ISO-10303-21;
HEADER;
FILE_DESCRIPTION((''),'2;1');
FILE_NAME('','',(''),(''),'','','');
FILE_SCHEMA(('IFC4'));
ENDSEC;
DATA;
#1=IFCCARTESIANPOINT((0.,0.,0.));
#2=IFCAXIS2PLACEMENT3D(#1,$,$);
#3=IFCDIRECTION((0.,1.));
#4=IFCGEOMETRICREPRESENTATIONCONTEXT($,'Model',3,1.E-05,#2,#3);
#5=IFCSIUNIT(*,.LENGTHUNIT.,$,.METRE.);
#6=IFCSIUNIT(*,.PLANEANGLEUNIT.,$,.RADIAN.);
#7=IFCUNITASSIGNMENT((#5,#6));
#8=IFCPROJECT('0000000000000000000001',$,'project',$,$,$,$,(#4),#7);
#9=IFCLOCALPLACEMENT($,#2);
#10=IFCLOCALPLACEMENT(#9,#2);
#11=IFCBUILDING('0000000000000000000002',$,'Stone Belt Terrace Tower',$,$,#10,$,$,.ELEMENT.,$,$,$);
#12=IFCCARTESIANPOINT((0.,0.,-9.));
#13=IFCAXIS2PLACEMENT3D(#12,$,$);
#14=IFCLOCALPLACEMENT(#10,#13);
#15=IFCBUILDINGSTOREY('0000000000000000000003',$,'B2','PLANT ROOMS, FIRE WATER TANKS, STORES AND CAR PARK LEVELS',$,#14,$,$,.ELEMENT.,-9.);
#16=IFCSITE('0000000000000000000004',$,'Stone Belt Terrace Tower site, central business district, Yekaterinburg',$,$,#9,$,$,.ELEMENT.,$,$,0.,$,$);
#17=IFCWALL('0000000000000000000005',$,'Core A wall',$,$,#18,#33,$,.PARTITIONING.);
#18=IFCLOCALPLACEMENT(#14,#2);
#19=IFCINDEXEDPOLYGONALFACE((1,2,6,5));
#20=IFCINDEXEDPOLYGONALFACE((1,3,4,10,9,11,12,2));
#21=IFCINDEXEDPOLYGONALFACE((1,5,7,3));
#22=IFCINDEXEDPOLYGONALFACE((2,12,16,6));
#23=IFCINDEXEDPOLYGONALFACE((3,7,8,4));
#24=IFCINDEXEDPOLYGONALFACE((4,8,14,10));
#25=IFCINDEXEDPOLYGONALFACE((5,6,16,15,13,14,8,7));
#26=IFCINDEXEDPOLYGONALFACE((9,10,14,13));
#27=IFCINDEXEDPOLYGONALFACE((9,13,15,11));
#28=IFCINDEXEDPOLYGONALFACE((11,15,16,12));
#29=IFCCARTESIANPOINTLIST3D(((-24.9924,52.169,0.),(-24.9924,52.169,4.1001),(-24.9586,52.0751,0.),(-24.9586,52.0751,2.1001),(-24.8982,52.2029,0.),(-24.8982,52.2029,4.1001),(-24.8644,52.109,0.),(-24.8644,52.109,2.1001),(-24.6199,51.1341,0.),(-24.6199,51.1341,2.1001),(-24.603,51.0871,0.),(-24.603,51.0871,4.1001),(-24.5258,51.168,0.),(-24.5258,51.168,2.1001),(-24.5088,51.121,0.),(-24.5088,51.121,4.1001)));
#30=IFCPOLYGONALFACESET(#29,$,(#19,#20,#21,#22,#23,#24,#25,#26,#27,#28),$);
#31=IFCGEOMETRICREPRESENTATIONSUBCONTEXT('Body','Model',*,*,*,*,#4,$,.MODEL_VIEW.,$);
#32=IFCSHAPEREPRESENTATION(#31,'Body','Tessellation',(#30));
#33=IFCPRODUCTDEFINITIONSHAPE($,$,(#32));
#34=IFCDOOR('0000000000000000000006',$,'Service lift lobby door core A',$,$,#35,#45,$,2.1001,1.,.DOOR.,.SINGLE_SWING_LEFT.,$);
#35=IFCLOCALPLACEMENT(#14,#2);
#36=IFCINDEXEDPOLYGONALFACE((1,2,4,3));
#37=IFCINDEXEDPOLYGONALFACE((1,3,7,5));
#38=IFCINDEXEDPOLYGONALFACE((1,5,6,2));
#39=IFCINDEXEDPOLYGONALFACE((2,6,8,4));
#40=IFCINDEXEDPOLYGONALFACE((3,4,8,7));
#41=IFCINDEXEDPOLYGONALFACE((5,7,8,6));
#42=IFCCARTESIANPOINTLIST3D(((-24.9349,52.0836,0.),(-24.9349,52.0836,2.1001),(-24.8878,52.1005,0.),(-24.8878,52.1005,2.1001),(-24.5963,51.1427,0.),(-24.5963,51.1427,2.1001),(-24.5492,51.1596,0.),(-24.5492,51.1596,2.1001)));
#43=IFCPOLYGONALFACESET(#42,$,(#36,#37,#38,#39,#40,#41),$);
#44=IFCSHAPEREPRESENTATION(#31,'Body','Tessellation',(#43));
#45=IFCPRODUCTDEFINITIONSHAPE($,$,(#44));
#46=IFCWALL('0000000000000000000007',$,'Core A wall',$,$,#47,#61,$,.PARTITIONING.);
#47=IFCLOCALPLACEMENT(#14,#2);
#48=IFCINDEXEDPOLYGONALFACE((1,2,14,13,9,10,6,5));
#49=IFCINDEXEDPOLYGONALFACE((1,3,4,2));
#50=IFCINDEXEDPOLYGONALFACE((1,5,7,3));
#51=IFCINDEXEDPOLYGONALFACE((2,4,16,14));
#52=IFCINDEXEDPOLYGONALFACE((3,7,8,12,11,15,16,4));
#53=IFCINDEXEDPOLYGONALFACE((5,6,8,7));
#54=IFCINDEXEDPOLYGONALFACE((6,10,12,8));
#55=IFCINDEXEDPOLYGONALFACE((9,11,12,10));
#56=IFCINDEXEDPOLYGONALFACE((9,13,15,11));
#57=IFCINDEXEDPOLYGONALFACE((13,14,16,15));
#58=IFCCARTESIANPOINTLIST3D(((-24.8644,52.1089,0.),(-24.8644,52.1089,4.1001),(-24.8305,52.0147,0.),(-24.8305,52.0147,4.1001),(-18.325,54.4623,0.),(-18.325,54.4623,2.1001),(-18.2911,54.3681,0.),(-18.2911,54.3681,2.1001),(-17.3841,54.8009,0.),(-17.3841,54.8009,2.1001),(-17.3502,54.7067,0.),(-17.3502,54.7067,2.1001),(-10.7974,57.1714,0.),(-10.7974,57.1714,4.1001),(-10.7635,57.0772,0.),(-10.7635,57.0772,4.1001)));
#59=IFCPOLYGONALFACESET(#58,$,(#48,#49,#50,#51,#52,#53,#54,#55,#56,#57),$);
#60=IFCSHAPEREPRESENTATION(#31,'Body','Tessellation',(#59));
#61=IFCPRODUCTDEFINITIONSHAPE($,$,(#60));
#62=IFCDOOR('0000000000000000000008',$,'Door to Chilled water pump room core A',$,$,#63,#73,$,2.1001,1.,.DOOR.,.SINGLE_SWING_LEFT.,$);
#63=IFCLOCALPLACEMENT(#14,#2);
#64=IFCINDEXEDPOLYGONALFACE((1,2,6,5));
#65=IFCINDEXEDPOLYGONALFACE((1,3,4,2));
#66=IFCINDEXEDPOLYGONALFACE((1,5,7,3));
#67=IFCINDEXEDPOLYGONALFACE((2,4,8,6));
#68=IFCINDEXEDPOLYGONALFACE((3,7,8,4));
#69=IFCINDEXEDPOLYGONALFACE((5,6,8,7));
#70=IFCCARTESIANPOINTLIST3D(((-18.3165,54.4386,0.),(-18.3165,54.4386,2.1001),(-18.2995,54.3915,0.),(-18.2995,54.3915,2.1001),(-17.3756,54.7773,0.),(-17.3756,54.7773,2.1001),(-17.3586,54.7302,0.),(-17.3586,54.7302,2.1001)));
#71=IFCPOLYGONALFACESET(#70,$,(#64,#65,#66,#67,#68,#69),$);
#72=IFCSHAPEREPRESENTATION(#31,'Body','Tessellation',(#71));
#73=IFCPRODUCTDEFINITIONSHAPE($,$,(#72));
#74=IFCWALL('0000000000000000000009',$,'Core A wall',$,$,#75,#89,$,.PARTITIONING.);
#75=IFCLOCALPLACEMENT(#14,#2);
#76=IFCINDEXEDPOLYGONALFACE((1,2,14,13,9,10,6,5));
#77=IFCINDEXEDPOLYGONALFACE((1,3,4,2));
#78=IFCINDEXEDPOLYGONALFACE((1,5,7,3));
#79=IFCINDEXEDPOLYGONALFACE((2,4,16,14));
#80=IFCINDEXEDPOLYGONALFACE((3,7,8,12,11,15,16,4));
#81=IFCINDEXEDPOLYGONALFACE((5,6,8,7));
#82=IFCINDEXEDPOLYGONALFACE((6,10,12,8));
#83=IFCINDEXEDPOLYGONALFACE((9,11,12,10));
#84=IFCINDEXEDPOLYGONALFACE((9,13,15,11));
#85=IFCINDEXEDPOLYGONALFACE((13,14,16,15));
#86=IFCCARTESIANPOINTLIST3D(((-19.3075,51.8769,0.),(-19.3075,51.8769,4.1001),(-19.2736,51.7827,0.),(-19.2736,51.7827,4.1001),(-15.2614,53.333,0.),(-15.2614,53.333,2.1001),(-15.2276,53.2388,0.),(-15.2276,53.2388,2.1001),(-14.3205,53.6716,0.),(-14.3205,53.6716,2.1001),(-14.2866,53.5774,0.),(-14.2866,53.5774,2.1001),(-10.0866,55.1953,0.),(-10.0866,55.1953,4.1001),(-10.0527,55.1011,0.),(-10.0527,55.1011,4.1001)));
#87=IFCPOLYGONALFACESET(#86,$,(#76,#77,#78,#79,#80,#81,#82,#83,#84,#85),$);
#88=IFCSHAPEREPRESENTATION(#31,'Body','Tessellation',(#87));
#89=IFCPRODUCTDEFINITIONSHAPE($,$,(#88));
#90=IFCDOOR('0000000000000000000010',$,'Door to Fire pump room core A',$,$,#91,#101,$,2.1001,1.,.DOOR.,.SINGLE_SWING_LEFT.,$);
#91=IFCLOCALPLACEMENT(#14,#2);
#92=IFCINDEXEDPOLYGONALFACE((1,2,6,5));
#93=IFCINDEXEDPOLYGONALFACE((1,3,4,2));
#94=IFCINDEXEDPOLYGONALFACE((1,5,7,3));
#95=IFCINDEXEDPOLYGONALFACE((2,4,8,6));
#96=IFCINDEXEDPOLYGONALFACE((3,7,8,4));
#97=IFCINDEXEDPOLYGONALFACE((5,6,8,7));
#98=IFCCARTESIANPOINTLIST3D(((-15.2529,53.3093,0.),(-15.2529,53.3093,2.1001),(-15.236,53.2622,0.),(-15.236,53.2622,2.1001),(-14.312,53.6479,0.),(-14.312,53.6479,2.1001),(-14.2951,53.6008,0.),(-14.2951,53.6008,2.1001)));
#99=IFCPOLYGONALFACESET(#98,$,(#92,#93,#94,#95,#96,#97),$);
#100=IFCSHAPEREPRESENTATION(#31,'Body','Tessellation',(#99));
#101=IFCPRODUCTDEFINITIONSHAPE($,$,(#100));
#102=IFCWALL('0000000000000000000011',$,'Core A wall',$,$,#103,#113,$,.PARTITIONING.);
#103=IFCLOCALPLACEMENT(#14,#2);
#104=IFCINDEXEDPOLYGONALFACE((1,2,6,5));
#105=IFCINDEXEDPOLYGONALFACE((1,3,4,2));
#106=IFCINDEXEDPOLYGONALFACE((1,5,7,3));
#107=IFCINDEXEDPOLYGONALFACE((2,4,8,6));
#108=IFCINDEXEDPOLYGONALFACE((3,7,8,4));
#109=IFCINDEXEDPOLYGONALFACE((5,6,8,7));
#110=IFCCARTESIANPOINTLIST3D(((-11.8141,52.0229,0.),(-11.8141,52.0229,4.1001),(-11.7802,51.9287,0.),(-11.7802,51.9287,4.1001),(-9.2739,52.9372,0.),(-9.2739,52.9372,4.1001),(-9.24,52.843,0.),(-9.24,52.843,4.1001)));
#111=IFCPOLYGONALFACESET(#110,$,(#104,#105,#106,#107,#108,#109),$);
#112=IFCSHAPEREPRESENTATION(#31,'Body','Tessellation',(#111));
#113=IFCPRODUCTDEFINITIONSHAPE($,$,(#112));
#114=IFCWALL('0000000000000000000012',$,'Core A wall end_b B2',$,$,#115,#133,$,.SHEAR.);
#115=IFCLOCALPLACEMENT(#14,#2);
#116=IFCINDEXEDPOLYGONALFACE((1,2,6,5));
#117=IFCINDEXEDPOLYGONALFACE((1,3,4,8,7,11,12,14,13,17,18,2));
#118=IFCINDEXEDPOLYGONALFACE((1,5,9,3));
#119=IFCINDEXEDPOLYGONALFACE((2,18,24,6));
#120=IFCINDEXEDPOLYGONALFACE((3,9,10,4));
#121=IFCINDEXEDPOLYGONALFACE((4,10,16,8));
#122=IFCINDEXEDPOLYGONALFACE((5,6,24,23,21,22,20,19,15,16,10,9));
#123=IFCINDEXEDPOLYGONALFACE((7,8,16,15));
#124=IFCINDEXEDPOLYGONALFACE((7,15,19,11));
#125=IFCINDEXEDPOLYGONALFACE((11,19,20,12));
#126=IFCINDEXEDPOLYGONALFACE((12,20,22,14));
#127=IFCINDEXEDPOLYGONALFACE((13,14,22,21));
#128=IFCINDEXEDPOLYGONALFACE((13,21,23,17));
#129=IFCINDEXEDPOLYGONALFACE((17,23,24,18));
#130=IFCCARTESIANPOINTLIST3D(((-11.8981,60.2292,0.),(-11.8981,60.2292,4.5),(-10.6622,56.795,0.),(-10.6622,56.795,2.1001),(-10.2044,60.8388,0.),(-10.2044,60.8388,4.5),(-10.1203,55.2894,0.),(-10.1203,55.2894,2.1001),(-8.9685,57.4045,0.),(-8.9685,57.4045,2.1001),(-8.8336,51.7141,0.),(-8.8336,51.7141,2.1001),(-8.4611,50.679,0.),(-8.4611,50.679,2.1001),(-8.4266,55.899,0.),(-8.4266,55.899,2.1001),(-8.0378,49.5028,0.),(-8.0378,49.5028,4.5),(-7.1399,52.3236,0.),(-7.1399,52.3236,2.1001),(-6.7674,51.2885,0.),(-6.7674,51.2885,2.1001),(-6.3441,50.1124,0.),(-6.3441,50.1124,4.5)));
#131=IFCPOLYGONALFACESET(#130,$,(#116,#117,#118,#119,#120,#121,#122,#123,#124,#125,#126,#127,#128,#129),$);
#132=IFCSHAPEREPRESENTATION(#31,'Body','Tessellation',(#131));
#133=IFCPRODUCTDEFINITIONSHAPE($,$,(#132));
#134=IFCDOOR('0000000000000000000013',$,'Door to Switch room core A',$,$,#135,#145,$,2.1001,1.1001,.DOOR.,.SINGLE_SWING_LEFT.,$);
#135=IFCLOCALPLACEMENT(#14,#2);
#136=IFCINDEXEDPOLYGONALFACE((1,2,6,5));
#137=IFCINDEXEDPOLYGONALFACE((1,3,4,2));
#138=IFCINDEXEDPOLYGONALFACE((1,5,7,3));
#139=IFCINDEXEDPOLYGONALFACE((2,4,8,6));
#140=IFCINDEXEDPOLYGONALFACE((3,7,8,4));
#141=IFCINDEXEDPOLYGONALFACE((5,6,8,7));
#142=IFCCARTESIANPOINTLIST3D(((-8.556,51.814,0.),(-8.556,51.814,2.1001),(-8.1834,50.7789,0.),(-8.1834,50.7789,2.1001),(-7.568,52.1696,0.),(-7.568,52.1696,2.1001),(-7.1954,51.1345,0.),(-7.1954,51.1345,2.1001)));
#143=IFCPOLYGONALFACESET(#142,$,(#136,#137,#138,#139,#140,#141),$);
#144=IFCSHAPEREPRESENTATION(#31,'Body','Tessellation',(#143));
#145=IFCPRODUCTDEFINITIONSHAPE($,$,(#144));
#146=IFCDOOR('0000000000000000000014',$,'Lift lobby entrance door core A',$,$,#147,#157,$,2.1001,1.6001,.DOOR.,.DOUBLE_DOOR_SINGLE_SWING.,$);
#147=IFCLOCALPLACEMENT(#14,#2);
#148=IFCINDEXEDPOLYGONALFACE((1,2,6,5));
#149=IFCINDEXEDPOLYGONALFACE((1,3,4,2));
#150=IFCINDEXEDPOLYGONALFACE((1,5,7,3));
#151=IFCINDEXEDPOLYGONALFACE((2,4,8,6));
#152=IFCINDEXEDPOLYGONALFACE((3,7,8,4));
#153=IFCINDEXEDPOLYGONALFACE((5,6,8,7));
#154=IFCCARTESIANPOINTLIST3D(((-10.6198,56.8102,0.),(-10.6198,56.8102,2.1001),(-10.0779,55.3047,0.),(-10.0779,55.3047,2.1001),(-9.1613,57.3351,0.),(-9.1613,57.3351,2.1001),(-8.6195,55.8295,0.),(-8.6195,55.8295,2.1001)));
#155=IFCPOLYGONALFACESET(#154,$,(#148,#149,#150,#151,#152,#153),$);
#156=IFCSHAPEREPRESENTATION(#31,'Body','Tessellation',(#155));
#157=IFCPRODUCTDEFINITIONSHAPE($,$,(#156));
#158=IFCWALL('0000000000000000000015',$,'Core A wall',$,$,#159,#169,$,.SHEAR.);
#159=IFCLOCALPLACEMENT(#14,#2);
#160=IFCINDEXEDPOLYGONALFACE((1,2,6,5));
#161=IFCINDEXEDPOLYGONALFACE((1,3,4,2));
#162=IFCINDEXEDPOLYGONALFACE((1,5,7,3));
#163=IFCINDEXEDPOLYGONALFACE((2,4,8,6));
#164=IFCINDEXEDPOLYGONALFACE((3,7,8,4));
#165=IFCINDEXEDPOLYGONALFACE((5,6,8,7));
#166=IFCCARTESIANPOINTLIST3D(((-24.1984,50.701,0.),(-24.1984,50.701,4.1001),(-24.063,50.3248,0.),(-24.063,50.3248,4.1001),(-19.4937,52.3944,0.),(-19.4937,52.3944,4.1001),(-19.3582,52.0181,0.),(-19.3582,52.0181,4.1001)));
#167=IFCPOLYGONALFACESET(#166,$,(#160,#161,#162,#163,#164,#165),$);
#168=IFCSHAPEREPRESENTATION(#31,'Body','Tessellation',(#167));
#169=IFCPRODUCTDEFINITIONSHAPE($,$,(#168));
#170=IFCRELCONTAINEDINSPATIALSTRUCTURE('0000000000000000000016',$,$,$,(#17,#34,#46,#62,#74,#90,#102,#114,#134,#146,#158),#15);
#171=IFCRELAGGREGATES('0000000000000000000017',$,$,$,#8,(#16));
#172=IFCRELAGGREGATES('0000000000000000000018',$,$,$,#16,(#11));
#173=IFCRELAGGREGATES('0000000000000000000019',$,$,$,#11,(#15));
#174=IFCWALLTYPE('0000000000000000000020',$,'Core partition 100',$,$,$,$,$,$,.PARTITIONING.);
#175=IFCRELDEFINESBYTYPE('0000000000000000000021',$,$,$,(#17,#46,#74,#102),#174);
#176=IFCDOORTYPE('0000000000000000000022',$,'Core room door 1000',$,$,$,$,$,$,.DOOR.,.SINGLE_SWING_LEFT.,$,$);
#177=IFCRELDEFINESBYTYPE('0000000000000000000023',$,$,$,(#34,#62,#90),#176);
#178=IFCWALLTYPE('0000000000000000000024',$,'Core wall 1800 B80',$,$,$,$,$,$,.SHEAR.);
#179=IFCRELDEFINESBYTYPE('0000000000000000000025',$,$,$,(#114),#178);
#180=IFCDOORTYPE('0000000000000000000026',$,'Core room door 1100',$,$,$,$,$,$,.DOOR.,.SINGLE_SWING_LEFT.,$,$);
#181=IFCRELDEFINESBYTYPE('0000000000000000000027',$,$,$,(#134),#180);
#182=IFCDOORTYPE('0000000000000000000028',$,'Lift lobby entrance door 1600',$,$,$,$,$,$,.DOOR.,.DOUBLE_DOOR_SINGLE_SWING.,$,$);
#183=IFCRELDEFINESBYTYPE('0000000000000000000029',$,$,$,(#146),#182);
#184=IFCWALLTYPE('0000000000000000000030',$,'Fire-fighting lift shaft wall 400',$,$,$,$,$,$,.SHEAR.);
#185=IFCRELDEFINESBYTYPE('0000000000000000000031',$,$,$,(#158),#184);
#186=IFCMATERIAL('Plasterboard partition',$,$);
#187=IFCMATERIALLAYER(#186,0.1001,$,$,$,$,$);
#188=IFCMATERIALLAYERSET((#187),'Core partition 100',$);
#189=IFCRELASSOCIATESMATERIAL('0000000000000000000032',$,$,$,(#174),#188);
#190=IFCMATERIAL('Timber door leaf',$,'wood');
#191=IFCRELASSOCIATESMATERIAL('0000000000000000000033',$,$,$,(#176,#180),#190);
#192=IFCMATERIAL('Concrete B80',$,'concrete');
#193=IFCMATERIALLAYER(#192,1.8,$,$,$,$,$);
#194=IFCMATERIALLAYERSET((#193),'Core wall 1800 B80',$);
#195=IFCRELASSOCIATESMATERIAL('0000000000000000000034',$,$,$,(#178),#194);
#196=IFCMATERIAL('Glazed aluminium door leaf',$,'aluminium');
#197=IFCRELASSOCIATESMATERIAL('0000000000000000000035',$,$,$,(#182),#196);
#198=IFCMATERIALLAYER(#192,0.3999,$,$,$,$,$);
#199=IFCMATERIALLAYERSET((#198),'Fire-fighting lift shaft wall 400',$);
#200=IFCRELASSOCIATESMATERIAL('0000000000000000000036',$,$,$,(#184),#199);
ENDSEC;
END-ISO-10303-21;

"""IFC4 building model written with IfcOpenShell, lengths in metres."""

from ifc_helpers import new_model, si_unit, direction, frame, frame_2d, origin, place, context, subcontext, project, spatial, rectangle, extrude, material, layer, layer_set, type_object, element, fill, save


model = new_model("IFC4")

# Units and contexts
model_context = context("Model", 3, precision=1e-05, world=origin(), true_north=direction((0.0, 1.0)))
body_context = subcontext(model_context, "Body", "Model", "MODEL_VIEW")
ifc_project = project(units=[si_unit("LENGTHUNIT", "METRE"), si_unit("PLANEANGLEUNIT", "RADIAN")], contexts=[model_context])

# Site, building, storey
site_placement = place(None, origin())
site = spatial("IfcSite", under=ifc_project, at=site_placement, Name="Stone Belt Terrace Tower site, central business district, Yekaterinburg", CompositionType="ELEMENT", RefElevation=0.0)
building_placement = place(site_placement, origin())
building = spatial("IfcBuilding", under=site, at=building_placement, Name="Stone Belt Terrace Tower", CompositionType="ELEMENT")
storey_placement = place(building_placement, frame((0.0, 0.0, -9.0)))
storey = spatial("IfcBuildingStorey", under=building, at=storey_placement, Name="B2", Description="PLANT ROOMS, FIRE WATER TANKS, STORES AND CAR PARK LEVELS", CompositionType="ELEMENT", Elevation=-9.0)

# Walls, openings, doors
ifc_material_1 = material(Name="Plasterboard partition")
ifc_layer_1 = layer(ifc_material_1, 0.1001)
ifc_layer_set_1 = layer_set([ifc_layer_1], Name="Core partition 100")
wall_type_1 = type_object("IfcWallType", Name="Core partition 100", PredefinedType="PARTITIONING", material=ifc_layer_set_1)
wall_1_placement = place(storey_placement, frame((-24.5559, 51.104, 0.0), z_axis=(0.0, 0.0, 1.0), x_axis=(-0.338622, 0.940923, 0.0)))
wall_1 = element("IfcWall", 1, at=wall_1_placement, inside=storey, type_object=wall_type_1, Name="Core A wall", PredefinedType="PARTITIONING", context=body_context, shape_type="SweptSolid", body=[
    extrude(rectangle(XDim=1.1499, YDim=0.1001, at=frame_2d((0.575, 0.0))), origin(), (0.0, 0.0, 1.0), 4.1001),
])
opening_1_placement = place(wall_1_placement, frame((0.05, 0.0, 0.0)))
opening_1 = element("IfcOpeningElement", 2, at=opening_1_placement, cuts=wall_1, PredefinedType="OPENING", context=body_context, shape_type="SweptSolid", body=[
    extrude(rectangle(XDim=1.0, YDim=2.1001, at=frame_2d((0.5, 1.05))), frame((0.0, 0.0601, 0.0), z_axis=(0.0, -1.0, 0.0), x_axis=(1.0, 0.0, 0.0)), (0.0, 0.0, 1.0), 0.1201),
])
ifc_material_2 = material(Name="Timber door leaf", Category="wood")
door_type_1 = type_object("IfcDoorType", Name="Core room door 1000", OperationType="SINGLE_SWING_LEFT", PredefinedType="DOOR", material=ifc_material_2)
door_1_placement = place(opening_1_placement, origin())
door_1 = element("IfcDoor", 3, at=door_1_placement, inside=storey, type_object=door_type_1, Name="Service lift lobby door core A", OperationType="SINGLE_SWING_LEFT", OverallHeight=2.1001, OverallWidth=1.0, PredefinedType="DOOR", context=body_context, shape_type="SweptSolid", body=[
    extrude(rectangle(XDim=1.0, YDim=2.1001, at=frame_2d((0.5, 1.05))), frame((0.0, 0.0249, 0.0), z_axis=(0.0, -1.0, 0.0), x_axis=(1.0, 0.0, 0.0)), (0.0, 0.0, 1.0), 0.05),
])
fill(opening_1, door_1)
wall_2_placement = place(storey_placement, frame((-24.8474, 52.0618, 0.0), z_axis=(0.0, 0.0, 1.0), x_axis=(0.940921, 0.338626, 0.0)))
wall_2 = element("IfcWall", 4, at=wall_2_placement, inside=storey, type_object=wall_type_1, Name="Core A wall", PredefinedType="PARTITIONING", context=body_context, shape_type="SweptSolid", body=[
    extrude(rectangle(XDim=14.9502, YDim=0.1001, at=frame_2d((7.4751, 0.0))), origin(), (0.0, 0.0, 1.0), 4.1001),
])
opening_2_placement = place(wall_2_placement, frame((6.95, 0.0, 0.0)))
opening_2 = element("IfcOpeningElement", 5, at=opening_2_placement, cuts=wall_2, PredefinedType="OPENING", context=body_context, shape_type="SweptSolid", body=[
    extrude(rectangle(XDim=1.0, YDim=2.1001, at=frame_2d((0.5, 1.05))), frame((0.0, 0.0601, 0.0), z_axis=(0.0, -1.0, 0.0), x_axis=(1.0, 0.0, 0.0)), (0.0, 0.0, 1.0), 0.1201),
])
door_2_placement = place(opening_2_placement, origin())
door_2 = element("IfcDoor", 6, at=door_2_placement, inside=storey, type_object=door_type_1, Name="Door to Chilled water pump room core A", OperationType="SINGLE_SWING_LEFT", OverallHeight=2.1001, OverallWidth=1.0, PredefinedType="DOOR", context=body_context, shape_type="SweptSolid", body=[
    extrude(rectangle(XDim=1.0, YDim=2.1001, at=frame_2d((0.5, 1.05))), frame((0.0, 0.0249, 0.0), z_axis=(0.0, -1.0, 0.0), x_axis=(1.0, 0.0, 0.0)), (0.0, 0.0, 1.0), 0.05),
])
fill(opening_2, door_2)
wall_3_placement = place(storey_placement, frame((-19.2905, 51.8298, 0.0), z_axis=(0.0, 0.0, 1.0), x_axis=(0.940926, 0.338613, 0.0)))
wall_3 = element("IfcWall", 7, at=wall_3_placement, inside=storey, type_object=wall_type_1, Name="Core A wall", PredefinedType="PARTITIONING", context=body_context, shape_type="SweptSolid", body=[
    extrude(rectangle(XDim=9.7998, YDim=0.1001, at=frame_2d((4.8999, 0.0))), origin(), (0.0, 0.0, 1.0), 4.1001),
])
opening_3_placement = place(wall_3_placement, frame((4.3, 0.0, 0.0)))
opening_3 = element("IfcOpeningElement", 8, at=opening_3_placement, cuts=wall_3, PredefinedType="OPENING", context=body_context, shape_type="SweptSolid", body=[
    extrude(rectangle(XDim=1.0, YDim=2.1001, at=frame_2d((0.5, 1.05))), frame((0.0, 0.0601, 0.0), z_axis=(0.0, -1.0, 0.0), x_axis=(1.0, 0.0, 0.0)), (0.0, 0.0, 1.0), 0.1201),
])
door_3_placement = place(opening_3_placement, origin())
door_3 = element("IfcDoor", 9, at=door_3_placement, inside=storey, type_object=door_type_1, Name="Door to Fire pump room core A", OperationType="SINGLE_SWING_LEFT", OverallHeight=2.1001, OverallWidth=1.0, PredefinedType="DOOR", context=body_context, shape_type="SweptSolid", body=[
    extrude(rectangle(XDim=1.0, YDim=2.1001, at=frame_2d((0.5, 1.05))), frame((0.0, 0.0249, 0.0), z_axis=(0.0, -1.0, 0.0), x_axis=(1.0, 0.0, 0.0)), (0.0, 0.0, 1.0), 0.05),
])
fill(opening_3, door_3)

# Wall
wall_4_placement = place(storey_placement, frame((-11.7971, 51.9758, 0.0), z_axis=(0.0, 0.0, 1.0), x_axis=(0.94091, 0.338655, 0.0)))
element("IfcWall", 10, at=wall_4_placement, inside=storey, type_object=wall_type_1, Name="Core A wall", PredefinedType="PARTITIONING", context=body_context, shape_type="SweptSolid", body=[
    extrude(rectangle(XDim=2.6997, YDim=0.1001, at=frame_2d((1.3499, 0.0))), origin(), (0.0, 0.0, 1.0), 4.1001),
])

# Wall, openings, doors
ifc_material_3 = material(Name="Concrete B80", Category="concrete")
ifc_layer_2 = layer(ifc_material_3, 1.8)
ifc_layer_set_2 = layer_set([ifc_layer_2], Name="Core wall 1800 B80")
wall_type_2 = type_object("IfcWallType", Name="Core wall 1800 B80", PredefinedType="SHEAR", material=ifc_layer_set_2)
wall_5_placement = place(storey_placement, frame((-7.1909, 49.8076, 0.0), z_axis=(0.0, 0.0, 1.0), x_axis=(-0.338632, 0.940919, 0.0)))
wall_5 = element("IfcWall", 11, at=wall_5_placement, inside=storey, type_object=wall_type_2, Name="Core A wall end_b B2", PredefinedType="SHEAR", context=body_context, shape_type="SweptSolid", body=[
    extrude(rectangle(XDim=11.3999, YDim=1.8, at=frame_2d((5.7, 0.0))), origin(), (0.0, 0.0, 1.0), 4.5),
])
opening_4_placement = place(wall_5_placement, frame((6.1499, 0.0, 0.0)))
opening_4 = element("IfcOpeningElement", 12, at=opening_4_placement, cuts=wall_5, PredefinedType="OPENING", context=body_context, shape_type="SweptSolid", body=[
    extrude(rectangle(XDim=1.6001, YDim=2.1001, at=frame_2d((0.8, 1.05))), frame((0.0, 0.9099, 0.0), z_axis=(0.0, -1.0, 0.0), x_axis=(1.0, 0.0, 0.0)), (0.0, 0.0, 1.0), 1.8201),
])
opening_5_placement = place(wall_5_placement, frame((1.25, 0.0, 0.0)))
opening_5 = element("IfcOpeningElement", 13, at=opening_5_placement, cuts=wall_5, PredefinedType="OPENING", context=body_context, shape_type="SweptSolid", body=[
    extrude(rectangle(XDim=1.1001, YDim=2.1001, at=frame_2d((0.55, 1.05))), frame((0.0, 0.9099, 0.0), z_axis=(0.0, -1.0, 0.0), x_axis=(1.0, 0.0, 0.0)), (0.0, 0.0, 1.0), 1.8201),
])
door_type_2 = type_object("IfcDoorType", Name="Core room door 1100", OperationType="SINGLE_SWING_LEFT", PredefinedType="DOOR", material=ifc_material_2)
door_4_placement = place(opening_5_placement, origin())
door_4 = element("IfcDoor", 14, at=door_4_placement, inside=storey, type_object=door_type_2, Name="Door to Switch room core A", OperationType="SINGLE_SWING_LEFT", OverallHeight=2.1001, OverallWidth=1.1001, PredefinedType="DOOR", context=body_context, shape_type="SweptSolid", body=[
    extrude(rectangle(XDim=1.1001, YDim=2.1001, at=frame_2d((0.55, 1.05))), frame((0.0, 0.605, 0.0), z_axis=(0.0, -1.0, 0.0), x_axis=(1.0, 0.0, 0.0)), (0.0, 0.0, 1.0), 1.05),
])
fill(opening_5, door_4)
ifc_material_4 = material(Name="Glazed aluminium door leaf", Category="aluminium")
door_type_3 = type_object("IfcDoorType", Name="Lift lobby entrance door 1600", OperationType="DOUBLE_DOOR_SINGLE_SWING", PredefinedType="DOOR", material=ifc_material_4)
door_5_placement = place(opening_4_placement, origin())
door_5 = element("IfcDoor", 15, at=door_5_placement, inside=storey, type_object=door_type_3, Name="Lift lobby entrance door core A", OperationType="DOUBLE_DOOR_SINGLE_SWING", OverallHeight=2.1001, OverallWidth=1.6001, PredefinedType="DOOR", context=body_context, shape_type="SweptSolid", body=[
    extrude(rectangle(XDim=1.6001, YDim=2.1001, at=frame_2d((0.8, 1.05))), frame((0.0, 0.855, 0.0), z_axis=(0.0, -1.0, 0.0), x_axis=(1.0, 0.0, 0.0)), (0.0, 0.0, 1.0), 1.55),
])
fill(opening_4, door_5)

# Wall
ifc_layer_3 = layer(ifc_material_3, 0.3999)
ifc_layer_set_3 = layer_set([ifc_layer_3], Name="Fire-fighting lift shaft wall 400")
wall_type_3 = type_object("IfcWallType", Name="Fire-fighting lift shaft wall 400", PredefinedType="SHEAR", material=ifc_layer_set_3)
wall_6_placement = place(storey_placement, frame((-24.1306, 50.5129, 0.0), z_axis=(0.0, 0.0, 1.0), x_axis=(0.940912, 0.338652, 0.0)))
element("IfcWall", 16, at=wall_6_placement, inside=storey, type_object=wall_type_3, Name="Core A wall", PredefinedType="SHEAR", context=body_context, shape_type="SweptSolid", body=[
    extrude(rectangle(XDim=5.0002, YDim=0.3999, at=frame_2d((2.5, 0.0))), origin(), (0.0, 0.0, 1.0), 4.1001),
])

save(model, "model.ifc")
